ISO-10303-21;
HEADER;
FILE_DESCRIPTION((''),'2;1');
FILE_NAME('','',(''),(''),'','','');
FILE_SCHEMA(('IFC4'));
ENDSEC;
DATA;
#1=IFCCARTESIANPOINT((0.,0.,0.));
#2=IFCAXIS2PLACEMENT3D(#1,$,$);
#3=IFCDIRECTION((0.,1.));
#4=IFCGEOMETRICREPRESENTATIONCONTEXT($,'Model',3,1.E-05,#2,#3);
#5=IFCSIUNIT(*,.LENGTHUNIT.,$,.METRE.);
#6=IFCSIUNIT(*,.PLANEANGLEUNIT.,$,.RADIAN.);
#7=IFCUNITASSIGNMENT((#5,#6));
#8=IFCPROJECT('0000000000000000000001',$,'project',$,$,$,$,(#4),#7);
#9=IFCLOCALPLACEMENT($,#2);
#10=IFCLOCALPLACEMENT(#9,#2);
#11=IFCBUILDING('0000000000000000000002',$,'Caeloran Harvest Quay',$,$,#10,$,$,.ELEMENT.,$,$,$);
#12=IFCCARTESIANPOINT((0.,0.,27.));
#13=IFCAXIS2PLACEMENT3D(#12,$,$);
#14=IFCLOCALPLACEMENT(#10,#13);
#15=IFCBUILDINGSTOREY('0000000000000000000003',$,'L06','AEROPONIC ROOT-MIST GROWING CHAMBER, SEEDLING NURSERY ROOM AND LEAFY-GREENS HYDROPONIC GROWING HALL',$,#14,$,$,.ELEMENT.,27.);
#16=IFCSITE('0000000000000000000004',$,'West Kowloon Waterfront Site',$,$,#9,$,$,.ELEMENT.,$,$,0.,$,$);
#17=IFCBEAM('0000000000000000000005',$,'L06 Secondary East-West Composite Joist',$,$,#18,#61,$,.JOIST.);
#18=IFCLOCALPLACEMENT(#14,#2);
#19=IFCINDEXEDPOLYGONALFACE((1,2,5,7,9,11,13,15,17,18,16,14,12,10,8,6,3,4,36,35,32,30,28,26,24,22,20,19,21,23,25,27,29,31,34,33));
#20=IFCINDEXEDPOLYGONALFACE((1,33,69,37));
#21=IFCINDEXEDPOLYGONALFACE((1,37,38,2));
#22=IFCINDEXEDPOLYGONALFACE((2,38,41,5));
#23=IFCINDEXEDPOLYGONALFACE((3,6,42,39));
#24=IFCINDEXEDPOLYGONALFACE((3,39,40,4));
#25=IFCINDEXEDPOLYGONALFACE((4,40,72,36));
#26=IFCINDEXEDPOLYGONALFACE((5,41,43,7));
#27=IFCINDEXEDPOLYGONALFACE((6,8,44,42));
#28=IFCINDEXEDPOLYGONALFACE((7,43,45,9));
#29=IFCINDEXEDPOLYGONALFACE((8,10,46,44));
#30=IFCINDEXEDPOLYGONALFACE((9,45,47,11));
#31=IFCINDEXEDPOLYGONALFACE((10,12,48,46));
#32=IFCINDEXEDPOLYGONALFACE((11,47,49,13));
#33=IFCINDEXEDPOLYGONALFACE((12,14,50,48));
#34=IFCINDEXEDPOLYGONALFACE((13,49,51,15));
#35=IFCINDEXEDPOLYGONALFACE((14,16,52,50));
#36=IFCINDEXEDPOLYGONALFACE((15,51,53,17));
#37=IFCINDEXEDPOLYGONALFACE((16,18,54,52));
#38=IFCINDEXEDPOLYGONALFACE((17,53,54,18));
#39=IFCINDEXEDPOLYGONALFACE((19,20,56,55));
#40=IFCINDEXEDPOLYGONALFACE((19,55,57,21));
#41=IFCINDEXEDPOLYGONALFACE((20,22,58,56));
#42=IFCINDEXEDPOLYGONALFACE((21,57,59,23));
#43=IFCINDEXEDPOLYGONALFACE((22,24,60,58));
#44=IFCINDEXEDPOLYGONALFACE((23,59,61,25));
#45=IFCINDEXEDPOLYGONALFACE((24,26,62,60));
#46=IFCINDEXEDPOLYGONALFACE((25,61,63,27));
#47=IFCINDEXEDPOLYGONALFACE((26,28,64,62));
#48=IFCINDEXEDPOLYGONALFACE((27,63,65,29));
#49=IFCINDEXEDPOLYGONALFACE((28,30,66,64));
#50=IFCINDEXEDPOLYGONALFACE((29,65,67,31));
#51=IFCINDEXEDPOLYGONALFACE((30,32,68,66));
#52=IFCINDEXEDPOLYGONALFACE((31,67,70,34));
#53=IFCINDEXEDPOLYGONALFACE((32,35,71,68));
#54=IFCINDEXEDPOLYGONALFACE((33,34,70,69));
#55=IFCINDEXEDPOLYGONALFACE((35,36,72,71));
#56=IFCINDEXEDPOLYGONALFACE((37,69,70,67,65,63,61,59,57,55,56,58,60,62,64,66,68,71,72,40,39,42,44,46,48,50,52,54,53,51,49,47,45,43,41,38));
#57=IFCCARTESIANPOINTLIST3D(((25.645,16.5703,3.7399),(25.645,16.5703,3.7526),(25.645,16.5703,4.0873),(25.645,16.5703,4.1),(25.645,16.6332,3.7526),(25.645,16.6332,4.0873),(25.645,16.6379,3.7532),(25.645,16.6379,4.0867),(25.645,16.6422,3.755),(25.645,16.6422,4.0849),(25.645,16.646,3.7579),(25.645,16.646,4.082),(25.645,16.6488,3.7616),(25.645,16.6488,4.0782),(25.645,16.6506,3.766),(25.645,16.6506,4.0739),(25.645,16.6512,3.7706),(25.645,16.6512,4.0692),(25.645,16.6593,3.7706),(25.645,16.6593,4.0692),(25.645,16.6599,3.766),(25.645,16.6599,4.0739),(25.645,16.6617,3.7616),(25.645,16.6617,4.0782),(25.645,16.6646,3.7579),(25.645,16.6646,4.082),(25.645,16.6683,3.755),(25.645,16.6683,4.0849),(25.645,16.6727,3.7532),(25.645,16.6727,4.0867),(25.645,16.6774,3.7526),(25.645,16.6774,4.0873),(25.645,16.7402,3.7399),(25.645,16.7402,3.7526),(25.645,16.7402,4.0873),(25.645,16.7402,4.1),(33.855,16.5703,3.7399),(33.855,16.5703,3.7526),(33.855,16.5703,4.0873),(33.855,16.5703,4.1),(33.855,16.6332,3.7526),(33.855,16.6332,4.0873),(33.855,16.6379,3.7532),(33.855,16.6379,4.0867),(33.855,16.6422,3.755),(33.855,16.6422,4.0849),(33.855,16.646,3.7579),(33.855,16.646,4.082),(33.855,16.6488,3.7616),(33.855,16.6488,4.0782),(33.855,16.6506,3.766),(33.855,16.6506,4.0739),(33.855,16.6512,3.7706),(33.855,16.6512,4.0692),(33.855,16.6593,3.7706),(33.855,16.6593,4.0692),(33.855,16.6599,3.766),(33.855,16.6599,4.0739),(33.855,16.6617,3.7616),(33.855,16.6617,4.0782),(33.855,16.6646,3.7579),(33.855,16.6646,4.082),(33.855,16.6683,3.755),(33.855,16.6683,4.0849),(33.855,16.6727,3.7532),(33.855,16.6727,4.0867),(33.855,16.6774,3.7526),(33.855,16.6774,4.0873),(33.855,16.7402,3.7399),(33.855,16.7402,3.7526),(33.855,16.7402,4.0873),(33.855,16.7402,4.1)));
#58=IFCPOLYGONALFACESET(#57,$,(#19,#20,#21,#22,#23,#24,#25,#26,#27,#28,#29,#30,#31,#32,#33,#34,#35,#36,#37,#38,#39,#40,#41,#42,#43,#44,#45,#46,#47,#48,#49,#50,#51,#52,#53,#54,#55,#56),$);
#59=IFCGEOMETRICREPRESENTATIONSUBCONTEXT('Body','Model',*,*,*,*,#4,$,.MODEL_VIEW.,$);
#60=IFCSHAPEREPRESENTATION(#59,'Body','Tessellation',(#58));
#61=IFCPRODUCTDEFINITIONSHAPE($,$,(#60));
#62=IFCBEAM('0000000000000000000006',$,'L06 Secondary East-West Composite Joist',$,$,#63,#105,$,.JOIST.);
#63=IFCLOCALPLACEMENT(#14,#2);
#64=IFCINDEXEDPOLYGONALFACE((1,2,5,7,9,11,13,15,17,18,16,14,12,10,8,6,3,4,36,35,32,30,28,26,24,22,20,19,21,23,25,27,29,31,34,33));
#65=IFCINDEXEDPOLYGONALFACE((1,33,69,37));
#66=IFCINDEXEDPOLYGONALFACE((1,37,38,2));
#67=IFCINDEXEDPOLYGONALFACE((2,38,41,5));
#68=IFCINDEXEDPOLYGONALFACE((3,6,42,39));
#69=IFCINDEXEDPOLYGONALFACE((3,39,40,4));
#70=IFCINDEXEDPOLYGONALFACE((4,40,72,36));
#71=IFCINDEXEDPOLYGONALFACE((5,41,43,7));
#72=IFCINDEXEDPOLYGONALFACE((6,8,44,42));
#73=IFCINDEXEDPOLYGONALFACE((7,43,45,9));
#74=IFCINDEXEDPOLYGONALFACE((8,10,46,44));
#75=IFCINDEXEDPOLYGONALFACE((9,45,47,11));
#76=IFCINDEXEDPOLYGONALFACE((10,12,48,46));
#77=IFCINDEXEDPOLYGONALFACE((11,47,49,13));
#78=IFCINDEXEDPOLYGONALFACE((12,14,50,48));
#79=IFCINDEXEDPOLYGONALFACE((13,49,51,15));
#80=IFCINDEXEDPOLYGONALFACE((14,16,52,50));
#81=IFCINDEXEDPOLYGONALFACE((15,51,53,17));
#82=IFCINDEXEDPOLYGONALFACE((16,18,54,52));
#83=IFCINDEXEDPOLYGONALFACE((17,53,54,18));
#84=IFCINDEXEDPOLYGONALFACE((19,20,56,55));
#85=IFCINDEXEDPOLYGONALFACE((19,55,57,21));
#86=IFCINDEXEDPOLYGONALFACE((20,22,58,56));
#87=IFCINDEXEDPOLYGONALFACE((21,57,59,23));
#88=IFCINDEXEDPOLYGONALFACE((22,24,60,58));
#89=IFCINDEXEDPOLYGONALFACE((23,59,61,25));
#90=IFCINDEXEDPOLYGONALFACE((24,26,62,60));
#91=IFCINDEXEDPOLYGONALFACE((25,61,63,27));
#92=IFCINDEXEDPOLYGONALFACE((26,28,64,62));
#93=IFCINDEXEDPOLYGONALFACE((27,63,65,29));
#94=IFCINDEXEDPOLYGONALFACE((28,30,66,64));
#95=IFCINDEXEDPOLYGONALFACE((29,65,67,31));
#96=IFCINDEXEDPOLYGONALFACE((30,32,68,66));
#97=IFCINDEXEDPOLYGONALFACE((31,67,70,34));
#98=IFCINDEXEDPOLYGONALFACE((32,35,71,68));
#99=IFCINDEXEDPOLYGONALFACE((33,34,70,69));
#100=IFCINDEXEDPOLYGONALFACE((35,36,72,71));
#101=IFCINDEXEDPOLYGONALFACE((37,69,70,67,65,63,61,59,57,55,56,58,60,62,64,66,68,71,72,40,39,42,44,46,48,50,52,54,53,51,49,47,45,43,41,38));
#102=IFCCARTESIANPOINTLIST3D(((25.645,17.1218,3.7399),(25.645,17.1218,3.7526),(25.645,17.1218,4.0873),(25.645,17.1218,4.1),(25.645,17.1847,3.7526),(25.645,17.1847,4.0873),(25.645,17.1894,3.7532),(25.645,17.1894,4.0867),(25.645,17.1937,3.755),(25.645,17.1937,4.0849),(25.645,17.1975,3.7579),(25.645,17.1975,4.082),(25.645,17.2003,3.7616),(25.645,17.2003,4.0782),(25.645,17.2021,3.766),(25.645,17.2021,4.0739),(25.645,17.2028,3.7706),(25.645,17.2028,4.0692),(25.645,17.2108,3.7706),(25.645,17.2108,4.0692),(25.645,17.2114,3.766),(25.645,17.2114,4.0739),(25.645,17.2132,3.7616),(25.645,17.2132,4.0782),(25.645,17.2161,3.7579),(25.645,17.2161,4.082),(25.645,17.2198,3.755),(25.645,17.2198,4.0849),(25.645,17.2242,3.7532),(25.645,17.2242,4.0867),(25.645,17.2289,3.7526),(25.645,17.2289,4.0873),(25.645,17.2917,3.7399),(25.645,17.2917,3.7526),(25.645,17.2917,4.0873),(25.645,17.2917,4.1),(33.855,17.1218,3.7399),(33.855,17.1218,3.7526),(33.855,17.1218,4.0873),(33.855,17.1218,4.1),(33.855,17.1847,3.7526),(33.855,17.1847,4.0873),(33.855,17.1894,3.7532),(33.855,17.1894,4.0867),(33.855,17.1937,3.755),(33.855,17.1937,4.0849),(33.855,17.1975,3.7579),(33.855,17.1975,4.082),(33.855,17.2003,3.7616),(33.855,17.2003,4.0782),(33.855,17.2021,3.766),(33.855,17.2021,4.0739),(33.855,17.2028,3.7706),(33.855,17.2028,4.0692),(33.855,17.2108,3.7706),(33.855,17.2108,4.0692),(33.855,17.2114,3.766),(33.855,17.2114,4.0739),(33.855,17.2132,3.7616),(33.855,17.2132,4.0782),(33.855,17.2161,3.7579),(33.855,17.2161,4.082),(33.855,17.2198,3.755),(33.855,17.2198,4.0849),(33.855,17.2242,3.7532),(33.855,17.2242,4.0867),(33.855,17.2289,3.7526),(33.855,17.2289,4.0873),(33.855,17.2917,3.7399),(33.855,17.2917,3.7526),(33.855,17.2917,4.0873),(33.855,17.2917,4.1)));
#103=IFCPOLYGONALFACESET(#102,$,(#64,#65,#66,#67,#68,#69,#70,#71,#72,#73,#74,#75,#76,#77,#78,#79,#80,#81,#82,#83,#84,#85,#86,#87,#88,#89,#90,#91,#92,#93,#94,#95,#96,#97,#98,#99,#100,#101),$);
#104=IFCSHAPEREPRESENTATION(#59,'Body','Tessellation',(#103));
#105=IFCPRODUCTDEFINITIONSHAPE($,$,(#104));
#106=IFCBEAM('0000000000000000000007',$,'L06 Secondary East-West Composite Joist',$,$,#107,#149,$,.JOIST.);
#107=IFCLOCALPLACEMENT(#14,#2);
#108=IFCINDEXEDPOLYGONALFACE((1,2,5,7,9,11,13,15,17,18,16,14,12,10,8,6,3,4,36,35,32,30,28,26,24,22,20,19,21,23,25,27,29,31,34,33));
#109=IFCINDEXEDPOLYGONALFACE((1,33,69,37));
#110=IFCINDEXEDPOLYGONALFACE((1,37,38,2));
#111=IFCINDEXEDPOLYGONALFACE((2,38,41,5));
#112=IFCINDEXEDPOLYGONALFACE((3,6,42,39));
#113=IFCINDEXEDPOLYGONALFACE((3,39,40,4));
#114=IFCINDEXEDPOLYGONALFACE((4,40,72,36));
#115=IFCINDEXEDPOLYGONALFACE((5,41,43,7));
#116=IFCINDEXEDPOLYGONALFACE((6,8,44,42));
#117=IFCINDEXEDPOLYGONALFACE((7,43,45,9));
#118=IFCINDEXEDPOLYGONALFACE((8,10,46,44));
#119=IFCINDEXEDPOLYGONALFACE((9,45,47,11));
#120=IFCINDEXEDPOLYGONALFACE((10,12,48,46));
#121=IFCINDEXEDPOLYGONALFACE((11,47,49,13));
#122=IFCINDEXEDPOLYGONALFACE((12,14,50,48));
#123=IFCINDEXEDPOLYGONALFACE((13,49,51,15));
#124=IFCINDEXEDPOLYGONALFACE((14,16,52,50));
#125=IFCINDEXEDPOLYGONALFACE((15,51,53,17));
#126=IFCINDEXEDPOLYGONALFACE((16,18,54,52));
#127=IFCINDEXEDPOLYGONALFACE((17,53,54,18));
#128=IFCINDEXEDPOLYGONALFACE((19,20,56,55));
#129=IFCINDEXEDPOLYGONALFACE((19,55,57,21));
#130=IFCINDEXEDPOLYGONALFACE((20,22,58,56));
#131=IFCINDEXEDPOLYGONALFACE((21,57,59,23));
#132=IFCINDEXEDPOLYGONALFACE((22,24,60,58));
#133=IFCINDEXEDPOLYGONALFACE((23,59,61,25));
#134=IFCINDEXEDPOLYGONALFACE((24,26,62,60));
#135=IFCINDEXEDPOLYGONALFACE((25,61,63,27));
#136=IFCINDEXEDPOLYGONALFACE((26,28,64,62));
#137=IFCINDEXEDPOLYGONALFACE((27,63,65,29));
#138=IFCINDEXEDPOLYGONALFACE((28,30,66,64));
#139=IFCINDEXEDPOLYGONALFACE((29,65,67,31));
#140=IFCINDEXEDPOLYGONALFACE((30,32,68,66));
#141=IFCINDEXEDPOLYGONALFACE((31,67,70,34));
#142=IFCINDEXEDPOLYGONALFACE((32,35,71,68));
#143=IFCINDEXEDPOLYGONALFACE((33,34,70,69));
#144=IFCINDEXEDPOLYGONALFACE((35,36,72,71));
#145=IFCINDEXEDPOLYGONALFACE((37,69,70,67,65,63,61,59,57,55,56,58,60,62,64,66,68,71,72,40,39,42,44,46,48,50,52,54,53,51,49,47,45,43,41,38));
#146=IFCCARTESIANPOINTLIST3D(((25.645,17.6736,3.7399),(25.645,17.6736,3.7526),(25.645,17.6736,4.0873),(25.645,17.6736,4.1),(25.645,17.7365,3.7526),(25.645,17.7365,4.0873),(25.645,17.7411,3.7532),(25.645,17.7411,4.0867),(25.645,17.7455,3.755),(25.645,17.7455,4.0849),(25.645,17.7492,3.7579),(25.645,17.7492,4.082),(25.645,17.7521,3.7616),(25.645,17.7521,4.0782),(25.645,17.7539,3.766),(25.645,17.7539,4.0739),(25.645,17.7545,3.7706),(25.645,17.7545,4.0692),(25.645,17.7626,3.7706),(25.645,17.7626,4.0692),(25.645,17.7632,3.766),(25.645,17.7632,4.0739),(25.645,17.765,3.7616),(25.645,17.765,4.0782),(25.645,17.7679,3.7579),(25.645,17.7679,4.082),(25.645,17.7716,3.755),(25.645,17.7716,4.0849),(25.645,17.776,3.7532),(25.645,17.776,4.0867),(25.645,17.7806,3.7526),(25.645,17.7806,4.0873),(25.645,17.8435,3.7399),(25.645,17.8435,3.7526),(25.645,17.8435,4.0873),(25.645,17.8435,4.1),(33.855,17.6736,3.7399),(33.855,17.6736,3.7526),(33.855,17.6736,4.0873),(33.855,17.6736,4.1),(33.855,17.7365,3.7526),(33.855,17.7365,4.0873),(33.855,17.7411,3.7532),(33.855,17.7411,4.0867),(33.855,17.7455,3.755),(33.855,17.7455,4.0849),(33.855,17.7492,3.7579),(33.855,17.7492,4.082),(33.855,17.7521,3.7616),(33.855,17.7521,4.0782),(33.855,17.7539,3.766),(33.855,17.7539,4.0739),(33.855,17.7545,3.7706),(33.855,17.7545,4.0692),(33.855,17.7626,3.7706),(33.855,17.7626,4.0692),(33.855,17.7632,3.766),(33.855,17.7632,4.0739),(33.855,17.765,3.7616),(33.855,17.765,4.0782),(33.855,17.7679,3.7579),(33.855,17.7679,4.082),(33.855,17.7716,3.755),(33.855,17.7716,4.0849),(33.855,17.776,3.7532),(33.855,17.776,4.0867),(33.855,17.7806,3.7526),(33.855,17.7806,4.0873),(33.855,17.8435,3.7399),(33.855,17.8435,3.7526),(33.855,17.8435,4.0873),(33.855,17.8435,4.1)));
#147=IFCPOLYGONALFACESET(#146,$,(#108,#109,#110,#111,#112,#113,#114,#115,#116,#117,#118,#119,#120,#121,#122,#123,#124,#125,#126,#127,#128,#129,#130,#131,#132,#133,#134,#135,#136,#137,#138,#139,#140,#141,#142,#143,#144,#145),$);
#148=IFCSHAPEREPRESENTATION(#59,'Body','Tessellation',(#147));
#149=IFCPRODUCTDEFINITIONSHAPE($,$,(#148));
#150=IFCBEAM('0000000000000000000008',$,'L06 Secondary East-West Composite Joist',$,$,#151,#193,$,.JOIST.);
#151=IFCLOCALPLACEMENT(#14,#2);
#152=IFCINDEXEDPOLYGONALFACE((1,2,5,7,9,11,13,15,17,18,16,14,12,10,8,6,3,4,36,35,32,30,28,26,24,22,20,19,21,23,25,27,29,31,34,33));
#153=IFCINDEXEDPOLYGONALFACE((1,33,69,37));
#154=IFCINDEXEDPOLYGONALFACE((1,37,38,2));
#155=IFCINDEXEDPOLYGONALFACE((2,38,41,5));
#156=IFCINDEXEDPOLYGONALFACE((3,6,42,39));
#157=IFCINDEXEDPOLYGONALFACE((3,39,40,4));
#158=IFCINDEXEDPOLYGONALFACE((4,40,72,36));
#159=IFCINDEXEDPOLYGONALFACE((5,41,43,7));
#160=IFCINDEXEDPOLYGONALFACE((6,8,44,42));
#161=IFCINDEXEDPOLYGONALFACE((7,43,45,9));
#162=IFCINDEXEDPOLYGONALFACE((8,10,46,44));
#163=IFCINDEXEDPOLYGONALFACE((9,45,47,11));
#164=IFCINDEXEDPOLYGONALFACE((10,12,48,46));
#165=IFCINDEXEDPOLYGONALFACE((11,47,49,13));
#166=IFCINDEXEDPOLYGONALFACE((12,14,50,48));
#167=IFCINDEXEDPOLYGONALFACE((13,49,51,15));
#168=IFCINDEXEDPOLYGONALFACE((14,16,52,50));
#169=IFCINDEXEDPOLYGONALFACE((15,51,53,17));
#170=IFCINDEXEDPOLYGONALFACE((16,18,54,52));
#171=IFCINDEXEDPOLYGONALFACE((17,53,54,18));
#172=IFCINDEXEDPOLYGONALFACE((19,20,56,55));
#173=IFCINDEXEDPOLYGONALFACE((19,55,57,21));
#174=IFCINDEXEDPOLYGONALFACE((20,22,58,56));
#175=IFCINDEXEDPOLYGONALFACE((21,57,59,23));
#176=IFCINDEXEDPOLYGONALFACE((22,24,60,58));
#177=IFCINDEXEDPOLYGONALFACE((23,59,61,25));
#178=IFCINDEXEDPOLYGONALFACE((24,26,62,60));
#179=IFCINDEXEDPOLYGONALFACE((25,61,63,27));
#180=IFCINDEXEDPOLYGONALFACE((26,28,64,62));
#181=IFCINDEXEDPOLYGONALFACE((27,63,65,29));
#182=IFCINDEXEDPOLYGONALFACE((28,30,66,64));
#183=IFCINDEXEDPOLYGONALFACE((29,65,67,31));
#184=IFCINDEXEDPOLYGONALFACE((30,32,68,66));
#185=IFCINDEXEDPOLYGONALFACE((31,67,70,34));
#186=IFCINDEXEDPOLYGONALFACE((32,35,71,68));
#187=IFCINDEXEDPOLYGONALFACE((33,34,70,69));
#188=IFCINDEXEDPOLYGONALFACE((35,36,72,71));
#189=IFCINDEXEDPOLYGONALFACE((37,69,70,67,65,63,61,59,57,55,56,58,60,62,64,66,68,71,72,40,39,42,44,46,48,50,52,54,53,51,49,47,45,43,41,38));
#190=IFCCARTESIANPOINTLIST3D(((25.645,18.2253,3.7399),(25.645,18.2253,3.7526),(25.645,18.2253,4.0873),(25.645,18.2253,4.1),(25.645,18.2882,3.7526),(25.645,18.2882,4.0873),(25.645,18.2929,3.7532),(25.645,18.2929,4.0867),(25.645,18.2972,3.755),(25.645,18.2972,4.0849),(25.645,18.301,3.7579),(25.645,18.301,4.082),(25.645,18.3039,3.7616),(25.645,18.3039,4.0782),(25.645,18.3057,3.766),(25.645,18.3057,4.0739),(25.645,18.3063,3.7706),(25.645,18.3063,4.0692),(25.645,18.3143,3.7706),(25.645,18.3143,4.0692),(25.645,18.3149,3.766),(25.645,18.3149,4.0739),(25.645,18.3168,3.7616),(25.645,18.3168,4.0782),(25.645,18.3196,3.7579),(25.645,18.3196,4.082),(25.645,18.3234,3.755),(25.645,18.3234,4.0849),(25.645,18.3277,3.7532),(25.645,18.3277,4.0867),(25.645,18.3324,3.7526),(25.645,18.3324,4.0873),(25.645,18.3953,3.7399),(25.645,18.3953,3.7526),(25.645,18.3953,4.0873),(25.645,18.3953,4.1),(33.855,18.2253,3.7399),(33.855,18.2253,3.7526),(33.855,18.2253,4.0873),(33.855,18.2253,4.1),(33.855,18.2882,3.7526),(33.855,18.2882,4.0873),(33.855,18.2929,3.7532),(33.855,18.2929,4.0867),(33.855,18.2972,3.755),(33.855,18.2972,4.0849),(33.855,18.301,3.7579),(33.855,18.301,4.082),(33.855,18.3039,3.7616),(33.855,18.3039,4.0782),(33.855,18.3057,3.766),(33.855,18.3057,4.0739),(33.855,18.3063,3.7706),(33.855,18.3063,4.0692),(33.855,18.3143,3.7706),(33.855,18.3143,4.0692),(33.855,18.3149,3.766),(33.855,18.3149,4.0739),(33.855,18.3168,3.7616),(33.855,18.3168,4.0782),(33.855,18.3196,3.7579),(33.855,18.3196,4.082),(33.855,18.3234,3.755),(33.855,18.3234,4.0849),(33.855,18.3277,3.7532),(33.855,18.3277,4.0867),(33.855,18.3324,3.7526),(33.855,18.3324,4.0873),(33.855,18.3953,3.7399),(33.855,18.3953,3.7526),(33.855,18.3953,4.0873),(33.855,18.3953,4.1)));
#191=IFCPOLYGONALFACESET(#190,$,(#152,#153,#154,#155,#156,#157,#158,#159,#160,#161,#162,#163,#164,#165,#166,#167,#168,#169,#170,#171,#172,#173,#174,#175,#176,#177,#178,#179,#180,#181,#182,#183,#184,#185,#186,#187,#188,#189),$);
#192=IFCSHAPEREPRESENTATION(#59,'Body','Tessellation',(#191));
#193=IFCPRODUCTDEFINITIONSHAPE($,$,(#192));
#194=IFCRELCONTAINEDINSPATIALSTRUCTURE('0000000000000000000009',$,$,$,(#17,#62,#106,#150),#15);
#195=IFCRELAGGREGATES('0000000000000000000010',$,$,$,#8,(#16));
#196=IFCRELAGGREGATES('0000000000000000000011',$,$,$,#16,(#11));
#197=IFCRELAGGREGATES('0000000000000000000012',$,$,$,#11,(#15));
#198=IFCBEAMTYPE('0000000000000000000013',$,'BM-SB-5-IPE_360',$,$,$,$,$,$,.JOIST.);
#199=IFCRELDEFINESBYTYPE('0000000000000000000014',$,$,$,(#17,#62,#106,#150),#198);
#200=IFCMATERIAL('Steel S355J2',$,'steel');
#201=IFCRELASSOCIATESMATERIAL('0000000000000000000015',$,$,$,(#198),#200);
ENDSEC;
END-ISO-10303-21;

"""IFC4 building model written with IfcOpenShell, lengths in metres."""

from ifc_helpers import new_model, si_unit, direction, frame, origin, origin_2d, place, context, subcontext, project, spatial, i_section, extrude, material, material_profile, profile_set, type_object, element, save


model = new_model("IFC4")

# Units and contexts
model_context = context("Model", 3, precision=1e-05, world=origin(), true_north=direction((0.0, 1.0)))
body_context = subcontext(model_context, "Body", "Model", "MODEL_VIEW")
ifc_project = project(units=[si_unit("LENGTHUNIT", "METRE"), si_unit("PLANEANGLEUNIT", "RADIAN")], contexts=[model_context])

# Site, building, storey
site_placement = place(None, origin())
site = spatial("IfcSite", under=ifc_project, at=site_placement, Name="West Kowloon Waterfront Site", CompositionType="ELEMENT", RefElevation=0.0)
building_placement = place(site_placement, origin())
building = spatial("IfcBuilding", under=site, at=building_placement, Name="Caeloran Harvest Quay", CompositionType="ELEMENT")
storey_placement = place(building_placement, frame((0.0, 0.0, 27.0)))
storey = spatial("IfcBuildingStorey", under=building, at=storey_placement, Name="L06", Description="AEROPONIC ROOT-MIST GROWING CHAMBER, SEEDLING NURSERY ROOM AND LEAFY-GREENS HYDROPONIC GROWING HALL", CompositionType="ELEMENT", Elevation=27.0)

# Beams
ifc_material_1 = material(Name="Steel S355J2", Category="steel")
ifc_material_profile_1 = material_profile(ifc_material_1, i_section(OverallWidth=0.1699, OverallDepth=0.3601, WebThickness=0.0081, FlangeThickness=0.0127, FilletRadius=0.0181, at=origin_2d()), Name="IPE 360")
ifc_profile_set_1 = profile_set([ifc_material_profile_1], Name="Steel S355J2")
beam_type_1 = type_object("IfcBeamType", Name="BM-SB-5-IPE_360", PredefinedType="JOIST", material=ifc_profile_set_1)
for number, where, z_axis, x_axis, name in (
    (1, (25.645, 16.6553, 3.9199), (1.0, 0.0, 0.0), (0.0, 1.0, 0.0), "L06 Secondary East-West Composite Joist"),
    (2, (25.645, 17.2068, 3.9199), (1.0, 0.0, 0.0), (0.0, 1.0, 0.0), "L06 Secondary East-West Composite Joist"),
    (3, (25.645, 17.7585, 3.9199), (1.0, 0.0, 0.0), (0.0, 1.0, 0.0), "L06 Secondary East-West Composite Joist"),
    (4, (25.645, 18.3103, 3.9199), (1.0, 0.0, 0.0), (0.0, 1.0, 0.0), "L06 Secondary East-West Composite Joist"),
):
    element("IfcBeam", number, at=place(storey_placement, frame(where, z_axis=z_axis, x_axis=x_axis)), inside=storey, type_object=beam_type_1, Name=name, PredefinedType="JOIST", context=body_context, shape_type="SweptSolid", body=[
        extrude(i_section(OverallWidth=0.1699, OverallDepth=0.3601, WebThickness=0.0081, FlangeThickness=0.0127, FilletRadius=0.0181, at=origin_2d()), origin(), (0.0, 0.0, 1.0), 8.21),
    ])

save(model, "model.ifc")
